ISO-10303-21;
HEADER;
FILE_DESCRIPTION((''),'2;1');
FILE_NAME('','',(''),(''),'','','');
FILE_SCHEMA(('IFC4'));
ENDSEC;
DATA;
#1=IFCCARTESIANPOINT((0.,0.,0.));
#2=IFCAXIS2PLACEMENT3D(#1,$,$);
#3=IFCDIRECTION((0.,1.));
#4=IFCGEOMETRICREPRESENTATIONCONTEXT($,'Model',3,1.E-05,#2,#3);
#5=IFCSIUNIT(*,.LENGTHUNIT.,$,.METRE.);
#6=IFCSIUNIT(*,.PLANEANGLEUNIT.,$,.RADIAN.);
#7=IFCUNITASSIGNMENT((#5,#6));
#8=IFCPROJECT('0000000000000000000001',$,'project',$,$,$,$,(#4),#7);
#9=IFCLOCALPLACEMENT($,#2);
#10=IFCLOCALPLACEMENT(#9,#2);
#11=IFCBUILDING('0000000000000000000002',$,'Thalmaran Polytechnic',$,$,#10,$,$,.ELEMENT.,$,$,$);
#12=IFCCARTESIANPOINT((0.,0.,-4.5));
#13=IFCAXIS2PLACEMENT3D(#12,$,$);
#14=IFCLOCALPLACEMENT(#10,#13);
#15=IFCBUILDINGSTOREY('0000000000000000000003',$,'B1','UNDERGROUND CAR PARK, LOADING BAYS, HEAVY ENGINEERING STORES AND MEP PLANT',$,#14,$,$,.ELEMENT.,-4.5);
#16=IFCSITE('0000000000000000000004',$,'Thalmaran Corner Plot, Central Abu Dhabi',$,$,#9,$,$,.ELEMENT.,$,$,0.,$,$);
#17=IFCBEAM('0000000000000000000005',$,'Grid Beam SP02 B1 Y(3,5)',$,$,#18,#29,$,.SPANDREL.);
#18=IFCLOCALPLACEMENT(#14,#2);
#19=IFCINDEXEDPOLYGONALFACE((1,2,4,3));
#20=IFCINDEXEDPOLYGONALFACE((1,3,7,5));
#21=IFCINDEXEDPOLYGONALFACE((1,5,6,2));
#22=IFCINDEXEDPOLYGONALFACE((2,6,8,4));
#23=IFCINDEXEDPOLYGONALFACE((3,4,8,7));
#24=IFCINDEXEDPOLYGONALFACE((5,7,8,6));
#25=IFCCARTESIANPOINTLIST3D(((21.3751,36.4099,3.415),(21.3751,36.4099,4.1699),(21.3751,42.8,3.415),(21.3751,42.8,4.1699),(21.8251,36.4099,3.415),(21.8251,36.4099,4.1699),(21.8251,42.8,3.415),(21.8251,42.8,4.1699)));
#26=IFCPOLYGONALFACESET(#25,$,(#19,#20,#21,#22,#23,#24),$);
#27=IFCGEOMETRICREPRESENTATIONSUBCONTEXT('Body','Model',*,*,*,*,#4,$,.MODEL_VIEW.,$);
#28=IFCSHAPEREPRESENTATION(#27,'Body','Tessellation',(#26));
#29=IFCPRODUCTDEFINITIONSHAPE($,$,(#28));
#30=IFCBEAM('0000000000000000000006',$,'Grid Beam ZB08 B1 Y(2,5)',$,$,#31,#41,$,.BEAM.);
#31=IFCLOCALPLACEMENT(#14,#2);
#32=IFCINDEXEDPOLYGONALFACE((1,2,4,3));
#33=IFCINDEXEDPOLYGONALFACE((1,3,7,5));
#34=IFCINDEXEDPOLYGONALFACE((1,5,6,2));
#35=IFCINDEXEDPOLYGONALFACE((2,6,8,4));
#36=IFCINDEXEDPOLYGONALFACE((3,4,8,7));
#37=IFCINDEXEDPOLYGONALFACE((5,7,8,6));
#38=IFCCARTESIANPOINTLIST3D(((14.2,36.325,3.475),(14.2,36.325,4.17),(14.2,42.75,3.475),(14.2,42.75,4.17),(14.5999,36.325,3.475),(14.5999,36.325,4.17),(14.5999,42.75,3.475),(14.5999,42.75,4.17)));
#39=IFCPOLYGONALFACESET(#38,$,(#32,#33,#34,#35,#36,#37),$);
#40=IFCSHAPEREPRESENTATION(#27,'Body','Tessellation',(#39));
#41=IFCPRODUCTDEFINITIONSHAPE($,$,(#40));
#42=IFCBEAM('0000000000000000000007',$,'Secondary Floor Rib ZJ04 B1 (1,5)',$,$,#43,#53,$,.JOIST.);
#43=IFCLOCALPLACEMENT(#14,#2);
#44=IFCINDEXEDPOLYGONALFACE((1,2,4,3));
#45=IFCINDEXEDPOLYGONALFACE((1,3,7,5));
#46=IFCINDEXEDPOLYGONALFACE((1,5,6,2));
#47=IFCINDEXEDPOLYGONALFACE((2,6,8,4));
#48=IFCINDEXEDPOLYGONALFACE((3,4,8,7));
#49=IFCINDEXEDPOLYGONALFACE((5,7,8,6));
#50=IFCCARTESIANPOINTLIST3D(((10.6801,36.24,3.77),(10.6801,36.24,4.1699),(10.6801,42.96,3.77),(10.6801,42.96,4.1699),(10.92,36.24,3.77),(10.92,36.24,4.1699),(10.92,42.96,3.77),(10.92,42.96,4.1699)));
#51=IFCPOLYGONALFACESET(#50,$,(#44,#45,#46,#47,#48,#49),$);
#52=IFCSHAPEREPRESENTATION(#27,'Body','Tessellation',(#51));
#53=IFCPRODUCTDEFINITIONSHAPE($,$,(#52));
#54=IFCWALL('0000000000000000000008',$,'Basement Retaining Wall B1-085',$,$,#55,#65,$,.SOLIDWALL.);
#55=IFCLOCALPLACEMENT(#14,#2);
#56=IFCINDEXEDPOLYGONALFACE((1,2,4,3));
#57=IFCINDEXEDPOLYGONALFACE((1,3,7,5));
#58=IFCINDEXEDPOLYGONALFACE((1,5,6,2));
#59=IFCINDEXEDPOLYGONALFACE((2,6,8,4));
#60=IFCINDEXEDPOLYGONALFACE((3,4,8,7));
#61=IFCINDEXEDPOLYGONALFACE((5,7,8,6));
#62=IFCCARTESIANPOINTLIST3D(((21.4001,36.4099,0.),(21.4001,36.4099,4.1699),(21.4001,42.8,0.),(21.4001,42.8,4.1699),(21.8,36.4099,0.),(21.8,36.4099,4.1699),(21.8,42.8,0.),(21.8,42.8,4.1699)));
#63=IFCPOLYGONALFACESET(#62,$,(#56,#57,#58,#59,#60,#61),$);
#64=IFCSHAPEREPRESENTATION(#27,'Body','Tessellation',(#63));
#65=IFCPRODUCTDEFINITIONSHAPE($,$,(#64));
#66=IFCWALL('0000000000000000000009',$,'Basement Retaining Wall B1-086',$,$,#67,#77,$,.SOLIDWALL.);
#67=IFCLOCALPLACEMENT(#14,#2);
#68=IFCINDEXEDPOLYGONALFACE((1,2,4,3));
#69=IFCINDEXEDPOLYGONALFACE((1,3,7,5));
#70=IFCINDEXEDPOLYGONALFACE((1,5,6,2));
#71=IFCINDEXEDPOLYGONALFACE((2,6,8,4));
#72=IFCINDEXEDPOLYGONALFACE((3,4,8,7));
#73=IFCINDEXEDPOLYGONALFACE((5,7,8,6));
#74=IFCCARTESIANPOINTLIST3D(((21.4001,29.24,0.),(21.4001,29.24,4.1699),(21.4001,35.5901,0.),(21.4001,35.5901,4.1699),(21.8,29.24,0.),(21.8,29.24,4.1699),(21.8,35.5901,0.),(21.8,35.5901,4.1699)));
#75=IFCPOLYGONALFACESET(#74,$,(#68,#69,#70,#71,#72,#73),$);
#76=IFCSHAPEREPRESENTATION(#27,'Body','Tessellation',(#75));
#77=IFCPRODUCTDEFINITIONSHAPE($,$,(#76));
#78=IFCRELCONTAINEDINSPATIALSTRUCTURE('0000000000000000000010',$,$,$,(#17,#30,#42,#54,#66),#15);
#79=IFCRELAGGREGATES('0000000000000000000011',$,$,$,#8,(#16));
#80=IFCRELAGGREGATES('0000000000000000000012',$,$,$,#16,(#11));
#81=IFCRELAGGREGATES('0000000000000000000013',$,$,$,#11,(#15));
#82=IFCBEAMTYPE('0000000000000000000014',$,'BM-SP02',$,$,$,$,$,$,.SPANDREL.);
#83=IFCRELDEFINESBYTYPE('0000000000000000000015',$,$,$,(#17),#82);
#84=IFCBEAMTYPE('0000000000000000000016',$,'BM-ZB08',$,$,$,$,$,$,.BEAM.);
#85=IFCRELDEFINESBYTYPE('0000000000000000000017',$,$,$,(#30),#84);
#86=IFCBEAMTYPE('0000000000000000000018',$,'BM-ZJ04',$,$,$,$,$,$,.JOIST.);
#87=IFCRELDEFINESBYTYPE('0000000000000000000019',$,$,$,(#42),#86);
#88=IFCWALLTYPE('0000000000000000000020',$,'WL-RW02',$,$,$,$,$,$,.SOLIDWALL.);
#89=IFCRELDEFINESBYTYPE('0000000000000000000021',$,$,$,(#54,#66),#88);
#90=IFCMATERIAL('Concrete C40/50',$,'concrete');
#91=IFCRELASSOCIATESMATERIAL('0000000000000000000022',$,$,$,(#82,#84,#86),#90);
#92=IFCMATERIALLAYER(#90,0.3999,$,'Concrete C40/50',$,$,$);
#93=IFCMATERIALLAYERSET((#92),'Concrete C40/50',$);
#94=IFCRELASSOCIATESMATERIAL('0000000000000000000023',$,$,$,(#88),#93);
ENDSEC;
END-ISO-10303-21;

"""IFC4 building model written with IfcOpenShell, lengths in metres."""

from ifc_helpers import new_model, si_unit, direction, frame, frame_2d, origin, origin_2d, place, context, subcontext, project, spatial, rectangle, extrude, material, layer, layer_set, material_profile, profile_set, type_object, element, save


model = new_model("IFC4")

# Units and contexts
model_context = context("Model", 3, precision=1e-05, world=origin(), true_north=direction((0.0, 1.0)))
body_context = subcontext(model_context, "Body", "Model", "MODEL_VIEW")
ifc_project = project(units=[si_unit("LENGTHUNIT", "METRE"), si_unit("PLANEANGLEUNIT", "RADIAN")], contexts=[model_context])

# Site, building, storey
site_placement = place(None, origin())
site = spatial("IfcSite", under=ifc_project, at=site_placement, Name="Thalmaran Corner Plot, Central Abu Dhabi", CompositionType="ELEMENT", RefElevation=0.0)
building_placement = place(site_placement, origin())
building = spatial("IfcBuilding", under=site, at=building_placement, Name="Thalmaran Polytechnic", CompositionType="ELEMENT")
storey_placement = place(building_placement, frame((0.0, 0.0, -4.5)))
storey = spatial("IfcBuildingStorey", under=building, at=storey_placement, Name="B1", Description="UNDERGROUND CAR PARK, LOADING BAYS, HEAVY ENGINEERING STORES AND MEP PLANT", CompositionType="ELEMENT", Elevation=-4.5)

# Shared definitions
ifc_material_1 = material(Name="Concrete C40/50", Category="concrete")

# Beams
ifc_material_profile_1 = material_profile(ifc_material_1, rectangle(XDim=0.45, YDim=0.7549, at=origin_2d()), Name="RC 450x755")
ifc_profile_set_1 = profile_set([ifc_material_profile_1], Name="Concrete C40/50")
beam_type_1 = type_object("IfcBeamType", Name="BM-SP02", PredefinedType="SPANDREL", material=ifc_profile_set_1)
beam_1_placement = place(storey_placement, frame((21.6001, 36.4099, 3.7925), z_axis=(0.0, 1.0, 0.0), x_axis=(-1.0, 0.0, 0.0)))
element("IfcBeam", 1, at=beam_1_placement, inside=storey, type_object=beam_type_1, Name="Grid Beam SP02 B1 Y(3,5)", PredefinedType="SPANDREL", context=body_context, shape_type="SweptSolid", body=[
    extrude(rectangle(XDim=0.45, YDim=0.7549, at=origin_2d()), origin(), (0.0, 0.0, 1.0), 6.3901),
])
ifc_material_profile_2 = material_profile(ifc_material_1, rectangle(XDim=0.3999, YDim=0.6951, at=origin_2d()), Name="RC 400x695")
ifc_profile_set_2 = profile_set([ifc_material_profile_2], Name="Concrete C40/50")
beam_type_2 = type_object("IfcBeamType", Name="BM-ZB08", PredefinedType="BEAM", material=ifc_profile_set_2)
beam_2_placement = place(storey_placement, frame((14.3999, 36.325, 3.8225), z_axis=(0.0, 1.0, 0.0), x_axis=(-1.0, 0.0, 0.0)))
element("IfcBeam", 2, at=beam_2_placement, inside=storey, type_object=beam_type_2, Name="Grid Beam ZB08 B1 Y(2,5)", PredefinedType="BEAM", context=body_context, shape_type="SweptSolid", body=[
    extrude(rectangle(XDim=0.3999, YDim=0.6951, at=origin_2d()), origin(), (0.0, 0.0, 1.0), 6.425),
])
ifc_material_profile_3 = material_profile(ifc_material_1, rectangle(XDim=0.24, YDim=0.3999, at=origin_2d()), Name="RC 240x400")
ifc_profile_set_3 = profile_set([ifc_material_profile_3], Name="Concrete C40/50")
beam_type_3 = type_object("IfcBeamType", Name="BM-ZJ04", PredefinedType="JOIST", material=ifc_profile_set_3)
beam_3_placement = place(storey_placement, frame((10.8, 36.24, 3.97), z_axis=(0.0, 1.0, 0.0), x_axis=(-1.0, 0.0, 0.0)))
element("IfcBeam", 3, at=beam_3_placement, inside=storey, type_object=beam_type_3, Name="Secondary Floor Rib ZJ04 B1 (1,5)", PredefinedType="JOIST", context=body_context, shape_type="SweptSolid", body=[
    extrude(rectangle(XDim=0.24, YDim=0.3999, at=origin_2d()), origin(), (0.0, 0.0, 1.0), 6.72),
])

# Walls
ifc_layer_1 = layer(ifc_material_1, 0.3999, Name="Concrete C40/50")
ifc_layer_set_1 = layer_set([ifc_layer_1], Name="Concrete C40/50")
wall_type_1 = type_object("IfcWallType", Name="WL-RW02", PredefinedType="SOLIDWALL", material=ifc_layer_set_1)
wall_1_placement = place(storey_placement, frame((21.6001, 42.8, 0.0), z_axis=(0.0, 0.0, 1.0), x_axis=(0.0, -1.0, 0.0)))
element("IfcWall", 4, at=wall_1_placement, inside=storey, type_object=wall_type_1, Name="Basement Retaining Wall B1-085", PredefinedType="SOLIDWALL", context=body_context, shape_type="SweptSolid", body=[
    extrude(rectangle(XDim=6.3901, YDim=0.3999, at=frame_2d((3.1951, 0.0))), origin(), (0.0, 0.0, 1.0), 4.1699),
])
wall_2_placement = place(storey_placement, frame((21.6001, 35.5901, 0.0), z_axis=(0.0, 0.0, 1.0), x_axis=(0.0, -1.0, 0.0)))
element("IfcWall", 5, at=wall_2_placement, inside=storey, type_object=wall_type_1, Name="Basement Retaining Wall B1-086", PredefinedType="SOLIDWALL", context=body_context, shape_type="SweptSolid", body=[
    extrude(rectangle(XDim=6.3501, YDim=0.3999, at=frame_2d((3.175, 0.0))), origin(), (0.0, 0.0, 1.0), 4.1699),
])

save(model, "model.ifc")
